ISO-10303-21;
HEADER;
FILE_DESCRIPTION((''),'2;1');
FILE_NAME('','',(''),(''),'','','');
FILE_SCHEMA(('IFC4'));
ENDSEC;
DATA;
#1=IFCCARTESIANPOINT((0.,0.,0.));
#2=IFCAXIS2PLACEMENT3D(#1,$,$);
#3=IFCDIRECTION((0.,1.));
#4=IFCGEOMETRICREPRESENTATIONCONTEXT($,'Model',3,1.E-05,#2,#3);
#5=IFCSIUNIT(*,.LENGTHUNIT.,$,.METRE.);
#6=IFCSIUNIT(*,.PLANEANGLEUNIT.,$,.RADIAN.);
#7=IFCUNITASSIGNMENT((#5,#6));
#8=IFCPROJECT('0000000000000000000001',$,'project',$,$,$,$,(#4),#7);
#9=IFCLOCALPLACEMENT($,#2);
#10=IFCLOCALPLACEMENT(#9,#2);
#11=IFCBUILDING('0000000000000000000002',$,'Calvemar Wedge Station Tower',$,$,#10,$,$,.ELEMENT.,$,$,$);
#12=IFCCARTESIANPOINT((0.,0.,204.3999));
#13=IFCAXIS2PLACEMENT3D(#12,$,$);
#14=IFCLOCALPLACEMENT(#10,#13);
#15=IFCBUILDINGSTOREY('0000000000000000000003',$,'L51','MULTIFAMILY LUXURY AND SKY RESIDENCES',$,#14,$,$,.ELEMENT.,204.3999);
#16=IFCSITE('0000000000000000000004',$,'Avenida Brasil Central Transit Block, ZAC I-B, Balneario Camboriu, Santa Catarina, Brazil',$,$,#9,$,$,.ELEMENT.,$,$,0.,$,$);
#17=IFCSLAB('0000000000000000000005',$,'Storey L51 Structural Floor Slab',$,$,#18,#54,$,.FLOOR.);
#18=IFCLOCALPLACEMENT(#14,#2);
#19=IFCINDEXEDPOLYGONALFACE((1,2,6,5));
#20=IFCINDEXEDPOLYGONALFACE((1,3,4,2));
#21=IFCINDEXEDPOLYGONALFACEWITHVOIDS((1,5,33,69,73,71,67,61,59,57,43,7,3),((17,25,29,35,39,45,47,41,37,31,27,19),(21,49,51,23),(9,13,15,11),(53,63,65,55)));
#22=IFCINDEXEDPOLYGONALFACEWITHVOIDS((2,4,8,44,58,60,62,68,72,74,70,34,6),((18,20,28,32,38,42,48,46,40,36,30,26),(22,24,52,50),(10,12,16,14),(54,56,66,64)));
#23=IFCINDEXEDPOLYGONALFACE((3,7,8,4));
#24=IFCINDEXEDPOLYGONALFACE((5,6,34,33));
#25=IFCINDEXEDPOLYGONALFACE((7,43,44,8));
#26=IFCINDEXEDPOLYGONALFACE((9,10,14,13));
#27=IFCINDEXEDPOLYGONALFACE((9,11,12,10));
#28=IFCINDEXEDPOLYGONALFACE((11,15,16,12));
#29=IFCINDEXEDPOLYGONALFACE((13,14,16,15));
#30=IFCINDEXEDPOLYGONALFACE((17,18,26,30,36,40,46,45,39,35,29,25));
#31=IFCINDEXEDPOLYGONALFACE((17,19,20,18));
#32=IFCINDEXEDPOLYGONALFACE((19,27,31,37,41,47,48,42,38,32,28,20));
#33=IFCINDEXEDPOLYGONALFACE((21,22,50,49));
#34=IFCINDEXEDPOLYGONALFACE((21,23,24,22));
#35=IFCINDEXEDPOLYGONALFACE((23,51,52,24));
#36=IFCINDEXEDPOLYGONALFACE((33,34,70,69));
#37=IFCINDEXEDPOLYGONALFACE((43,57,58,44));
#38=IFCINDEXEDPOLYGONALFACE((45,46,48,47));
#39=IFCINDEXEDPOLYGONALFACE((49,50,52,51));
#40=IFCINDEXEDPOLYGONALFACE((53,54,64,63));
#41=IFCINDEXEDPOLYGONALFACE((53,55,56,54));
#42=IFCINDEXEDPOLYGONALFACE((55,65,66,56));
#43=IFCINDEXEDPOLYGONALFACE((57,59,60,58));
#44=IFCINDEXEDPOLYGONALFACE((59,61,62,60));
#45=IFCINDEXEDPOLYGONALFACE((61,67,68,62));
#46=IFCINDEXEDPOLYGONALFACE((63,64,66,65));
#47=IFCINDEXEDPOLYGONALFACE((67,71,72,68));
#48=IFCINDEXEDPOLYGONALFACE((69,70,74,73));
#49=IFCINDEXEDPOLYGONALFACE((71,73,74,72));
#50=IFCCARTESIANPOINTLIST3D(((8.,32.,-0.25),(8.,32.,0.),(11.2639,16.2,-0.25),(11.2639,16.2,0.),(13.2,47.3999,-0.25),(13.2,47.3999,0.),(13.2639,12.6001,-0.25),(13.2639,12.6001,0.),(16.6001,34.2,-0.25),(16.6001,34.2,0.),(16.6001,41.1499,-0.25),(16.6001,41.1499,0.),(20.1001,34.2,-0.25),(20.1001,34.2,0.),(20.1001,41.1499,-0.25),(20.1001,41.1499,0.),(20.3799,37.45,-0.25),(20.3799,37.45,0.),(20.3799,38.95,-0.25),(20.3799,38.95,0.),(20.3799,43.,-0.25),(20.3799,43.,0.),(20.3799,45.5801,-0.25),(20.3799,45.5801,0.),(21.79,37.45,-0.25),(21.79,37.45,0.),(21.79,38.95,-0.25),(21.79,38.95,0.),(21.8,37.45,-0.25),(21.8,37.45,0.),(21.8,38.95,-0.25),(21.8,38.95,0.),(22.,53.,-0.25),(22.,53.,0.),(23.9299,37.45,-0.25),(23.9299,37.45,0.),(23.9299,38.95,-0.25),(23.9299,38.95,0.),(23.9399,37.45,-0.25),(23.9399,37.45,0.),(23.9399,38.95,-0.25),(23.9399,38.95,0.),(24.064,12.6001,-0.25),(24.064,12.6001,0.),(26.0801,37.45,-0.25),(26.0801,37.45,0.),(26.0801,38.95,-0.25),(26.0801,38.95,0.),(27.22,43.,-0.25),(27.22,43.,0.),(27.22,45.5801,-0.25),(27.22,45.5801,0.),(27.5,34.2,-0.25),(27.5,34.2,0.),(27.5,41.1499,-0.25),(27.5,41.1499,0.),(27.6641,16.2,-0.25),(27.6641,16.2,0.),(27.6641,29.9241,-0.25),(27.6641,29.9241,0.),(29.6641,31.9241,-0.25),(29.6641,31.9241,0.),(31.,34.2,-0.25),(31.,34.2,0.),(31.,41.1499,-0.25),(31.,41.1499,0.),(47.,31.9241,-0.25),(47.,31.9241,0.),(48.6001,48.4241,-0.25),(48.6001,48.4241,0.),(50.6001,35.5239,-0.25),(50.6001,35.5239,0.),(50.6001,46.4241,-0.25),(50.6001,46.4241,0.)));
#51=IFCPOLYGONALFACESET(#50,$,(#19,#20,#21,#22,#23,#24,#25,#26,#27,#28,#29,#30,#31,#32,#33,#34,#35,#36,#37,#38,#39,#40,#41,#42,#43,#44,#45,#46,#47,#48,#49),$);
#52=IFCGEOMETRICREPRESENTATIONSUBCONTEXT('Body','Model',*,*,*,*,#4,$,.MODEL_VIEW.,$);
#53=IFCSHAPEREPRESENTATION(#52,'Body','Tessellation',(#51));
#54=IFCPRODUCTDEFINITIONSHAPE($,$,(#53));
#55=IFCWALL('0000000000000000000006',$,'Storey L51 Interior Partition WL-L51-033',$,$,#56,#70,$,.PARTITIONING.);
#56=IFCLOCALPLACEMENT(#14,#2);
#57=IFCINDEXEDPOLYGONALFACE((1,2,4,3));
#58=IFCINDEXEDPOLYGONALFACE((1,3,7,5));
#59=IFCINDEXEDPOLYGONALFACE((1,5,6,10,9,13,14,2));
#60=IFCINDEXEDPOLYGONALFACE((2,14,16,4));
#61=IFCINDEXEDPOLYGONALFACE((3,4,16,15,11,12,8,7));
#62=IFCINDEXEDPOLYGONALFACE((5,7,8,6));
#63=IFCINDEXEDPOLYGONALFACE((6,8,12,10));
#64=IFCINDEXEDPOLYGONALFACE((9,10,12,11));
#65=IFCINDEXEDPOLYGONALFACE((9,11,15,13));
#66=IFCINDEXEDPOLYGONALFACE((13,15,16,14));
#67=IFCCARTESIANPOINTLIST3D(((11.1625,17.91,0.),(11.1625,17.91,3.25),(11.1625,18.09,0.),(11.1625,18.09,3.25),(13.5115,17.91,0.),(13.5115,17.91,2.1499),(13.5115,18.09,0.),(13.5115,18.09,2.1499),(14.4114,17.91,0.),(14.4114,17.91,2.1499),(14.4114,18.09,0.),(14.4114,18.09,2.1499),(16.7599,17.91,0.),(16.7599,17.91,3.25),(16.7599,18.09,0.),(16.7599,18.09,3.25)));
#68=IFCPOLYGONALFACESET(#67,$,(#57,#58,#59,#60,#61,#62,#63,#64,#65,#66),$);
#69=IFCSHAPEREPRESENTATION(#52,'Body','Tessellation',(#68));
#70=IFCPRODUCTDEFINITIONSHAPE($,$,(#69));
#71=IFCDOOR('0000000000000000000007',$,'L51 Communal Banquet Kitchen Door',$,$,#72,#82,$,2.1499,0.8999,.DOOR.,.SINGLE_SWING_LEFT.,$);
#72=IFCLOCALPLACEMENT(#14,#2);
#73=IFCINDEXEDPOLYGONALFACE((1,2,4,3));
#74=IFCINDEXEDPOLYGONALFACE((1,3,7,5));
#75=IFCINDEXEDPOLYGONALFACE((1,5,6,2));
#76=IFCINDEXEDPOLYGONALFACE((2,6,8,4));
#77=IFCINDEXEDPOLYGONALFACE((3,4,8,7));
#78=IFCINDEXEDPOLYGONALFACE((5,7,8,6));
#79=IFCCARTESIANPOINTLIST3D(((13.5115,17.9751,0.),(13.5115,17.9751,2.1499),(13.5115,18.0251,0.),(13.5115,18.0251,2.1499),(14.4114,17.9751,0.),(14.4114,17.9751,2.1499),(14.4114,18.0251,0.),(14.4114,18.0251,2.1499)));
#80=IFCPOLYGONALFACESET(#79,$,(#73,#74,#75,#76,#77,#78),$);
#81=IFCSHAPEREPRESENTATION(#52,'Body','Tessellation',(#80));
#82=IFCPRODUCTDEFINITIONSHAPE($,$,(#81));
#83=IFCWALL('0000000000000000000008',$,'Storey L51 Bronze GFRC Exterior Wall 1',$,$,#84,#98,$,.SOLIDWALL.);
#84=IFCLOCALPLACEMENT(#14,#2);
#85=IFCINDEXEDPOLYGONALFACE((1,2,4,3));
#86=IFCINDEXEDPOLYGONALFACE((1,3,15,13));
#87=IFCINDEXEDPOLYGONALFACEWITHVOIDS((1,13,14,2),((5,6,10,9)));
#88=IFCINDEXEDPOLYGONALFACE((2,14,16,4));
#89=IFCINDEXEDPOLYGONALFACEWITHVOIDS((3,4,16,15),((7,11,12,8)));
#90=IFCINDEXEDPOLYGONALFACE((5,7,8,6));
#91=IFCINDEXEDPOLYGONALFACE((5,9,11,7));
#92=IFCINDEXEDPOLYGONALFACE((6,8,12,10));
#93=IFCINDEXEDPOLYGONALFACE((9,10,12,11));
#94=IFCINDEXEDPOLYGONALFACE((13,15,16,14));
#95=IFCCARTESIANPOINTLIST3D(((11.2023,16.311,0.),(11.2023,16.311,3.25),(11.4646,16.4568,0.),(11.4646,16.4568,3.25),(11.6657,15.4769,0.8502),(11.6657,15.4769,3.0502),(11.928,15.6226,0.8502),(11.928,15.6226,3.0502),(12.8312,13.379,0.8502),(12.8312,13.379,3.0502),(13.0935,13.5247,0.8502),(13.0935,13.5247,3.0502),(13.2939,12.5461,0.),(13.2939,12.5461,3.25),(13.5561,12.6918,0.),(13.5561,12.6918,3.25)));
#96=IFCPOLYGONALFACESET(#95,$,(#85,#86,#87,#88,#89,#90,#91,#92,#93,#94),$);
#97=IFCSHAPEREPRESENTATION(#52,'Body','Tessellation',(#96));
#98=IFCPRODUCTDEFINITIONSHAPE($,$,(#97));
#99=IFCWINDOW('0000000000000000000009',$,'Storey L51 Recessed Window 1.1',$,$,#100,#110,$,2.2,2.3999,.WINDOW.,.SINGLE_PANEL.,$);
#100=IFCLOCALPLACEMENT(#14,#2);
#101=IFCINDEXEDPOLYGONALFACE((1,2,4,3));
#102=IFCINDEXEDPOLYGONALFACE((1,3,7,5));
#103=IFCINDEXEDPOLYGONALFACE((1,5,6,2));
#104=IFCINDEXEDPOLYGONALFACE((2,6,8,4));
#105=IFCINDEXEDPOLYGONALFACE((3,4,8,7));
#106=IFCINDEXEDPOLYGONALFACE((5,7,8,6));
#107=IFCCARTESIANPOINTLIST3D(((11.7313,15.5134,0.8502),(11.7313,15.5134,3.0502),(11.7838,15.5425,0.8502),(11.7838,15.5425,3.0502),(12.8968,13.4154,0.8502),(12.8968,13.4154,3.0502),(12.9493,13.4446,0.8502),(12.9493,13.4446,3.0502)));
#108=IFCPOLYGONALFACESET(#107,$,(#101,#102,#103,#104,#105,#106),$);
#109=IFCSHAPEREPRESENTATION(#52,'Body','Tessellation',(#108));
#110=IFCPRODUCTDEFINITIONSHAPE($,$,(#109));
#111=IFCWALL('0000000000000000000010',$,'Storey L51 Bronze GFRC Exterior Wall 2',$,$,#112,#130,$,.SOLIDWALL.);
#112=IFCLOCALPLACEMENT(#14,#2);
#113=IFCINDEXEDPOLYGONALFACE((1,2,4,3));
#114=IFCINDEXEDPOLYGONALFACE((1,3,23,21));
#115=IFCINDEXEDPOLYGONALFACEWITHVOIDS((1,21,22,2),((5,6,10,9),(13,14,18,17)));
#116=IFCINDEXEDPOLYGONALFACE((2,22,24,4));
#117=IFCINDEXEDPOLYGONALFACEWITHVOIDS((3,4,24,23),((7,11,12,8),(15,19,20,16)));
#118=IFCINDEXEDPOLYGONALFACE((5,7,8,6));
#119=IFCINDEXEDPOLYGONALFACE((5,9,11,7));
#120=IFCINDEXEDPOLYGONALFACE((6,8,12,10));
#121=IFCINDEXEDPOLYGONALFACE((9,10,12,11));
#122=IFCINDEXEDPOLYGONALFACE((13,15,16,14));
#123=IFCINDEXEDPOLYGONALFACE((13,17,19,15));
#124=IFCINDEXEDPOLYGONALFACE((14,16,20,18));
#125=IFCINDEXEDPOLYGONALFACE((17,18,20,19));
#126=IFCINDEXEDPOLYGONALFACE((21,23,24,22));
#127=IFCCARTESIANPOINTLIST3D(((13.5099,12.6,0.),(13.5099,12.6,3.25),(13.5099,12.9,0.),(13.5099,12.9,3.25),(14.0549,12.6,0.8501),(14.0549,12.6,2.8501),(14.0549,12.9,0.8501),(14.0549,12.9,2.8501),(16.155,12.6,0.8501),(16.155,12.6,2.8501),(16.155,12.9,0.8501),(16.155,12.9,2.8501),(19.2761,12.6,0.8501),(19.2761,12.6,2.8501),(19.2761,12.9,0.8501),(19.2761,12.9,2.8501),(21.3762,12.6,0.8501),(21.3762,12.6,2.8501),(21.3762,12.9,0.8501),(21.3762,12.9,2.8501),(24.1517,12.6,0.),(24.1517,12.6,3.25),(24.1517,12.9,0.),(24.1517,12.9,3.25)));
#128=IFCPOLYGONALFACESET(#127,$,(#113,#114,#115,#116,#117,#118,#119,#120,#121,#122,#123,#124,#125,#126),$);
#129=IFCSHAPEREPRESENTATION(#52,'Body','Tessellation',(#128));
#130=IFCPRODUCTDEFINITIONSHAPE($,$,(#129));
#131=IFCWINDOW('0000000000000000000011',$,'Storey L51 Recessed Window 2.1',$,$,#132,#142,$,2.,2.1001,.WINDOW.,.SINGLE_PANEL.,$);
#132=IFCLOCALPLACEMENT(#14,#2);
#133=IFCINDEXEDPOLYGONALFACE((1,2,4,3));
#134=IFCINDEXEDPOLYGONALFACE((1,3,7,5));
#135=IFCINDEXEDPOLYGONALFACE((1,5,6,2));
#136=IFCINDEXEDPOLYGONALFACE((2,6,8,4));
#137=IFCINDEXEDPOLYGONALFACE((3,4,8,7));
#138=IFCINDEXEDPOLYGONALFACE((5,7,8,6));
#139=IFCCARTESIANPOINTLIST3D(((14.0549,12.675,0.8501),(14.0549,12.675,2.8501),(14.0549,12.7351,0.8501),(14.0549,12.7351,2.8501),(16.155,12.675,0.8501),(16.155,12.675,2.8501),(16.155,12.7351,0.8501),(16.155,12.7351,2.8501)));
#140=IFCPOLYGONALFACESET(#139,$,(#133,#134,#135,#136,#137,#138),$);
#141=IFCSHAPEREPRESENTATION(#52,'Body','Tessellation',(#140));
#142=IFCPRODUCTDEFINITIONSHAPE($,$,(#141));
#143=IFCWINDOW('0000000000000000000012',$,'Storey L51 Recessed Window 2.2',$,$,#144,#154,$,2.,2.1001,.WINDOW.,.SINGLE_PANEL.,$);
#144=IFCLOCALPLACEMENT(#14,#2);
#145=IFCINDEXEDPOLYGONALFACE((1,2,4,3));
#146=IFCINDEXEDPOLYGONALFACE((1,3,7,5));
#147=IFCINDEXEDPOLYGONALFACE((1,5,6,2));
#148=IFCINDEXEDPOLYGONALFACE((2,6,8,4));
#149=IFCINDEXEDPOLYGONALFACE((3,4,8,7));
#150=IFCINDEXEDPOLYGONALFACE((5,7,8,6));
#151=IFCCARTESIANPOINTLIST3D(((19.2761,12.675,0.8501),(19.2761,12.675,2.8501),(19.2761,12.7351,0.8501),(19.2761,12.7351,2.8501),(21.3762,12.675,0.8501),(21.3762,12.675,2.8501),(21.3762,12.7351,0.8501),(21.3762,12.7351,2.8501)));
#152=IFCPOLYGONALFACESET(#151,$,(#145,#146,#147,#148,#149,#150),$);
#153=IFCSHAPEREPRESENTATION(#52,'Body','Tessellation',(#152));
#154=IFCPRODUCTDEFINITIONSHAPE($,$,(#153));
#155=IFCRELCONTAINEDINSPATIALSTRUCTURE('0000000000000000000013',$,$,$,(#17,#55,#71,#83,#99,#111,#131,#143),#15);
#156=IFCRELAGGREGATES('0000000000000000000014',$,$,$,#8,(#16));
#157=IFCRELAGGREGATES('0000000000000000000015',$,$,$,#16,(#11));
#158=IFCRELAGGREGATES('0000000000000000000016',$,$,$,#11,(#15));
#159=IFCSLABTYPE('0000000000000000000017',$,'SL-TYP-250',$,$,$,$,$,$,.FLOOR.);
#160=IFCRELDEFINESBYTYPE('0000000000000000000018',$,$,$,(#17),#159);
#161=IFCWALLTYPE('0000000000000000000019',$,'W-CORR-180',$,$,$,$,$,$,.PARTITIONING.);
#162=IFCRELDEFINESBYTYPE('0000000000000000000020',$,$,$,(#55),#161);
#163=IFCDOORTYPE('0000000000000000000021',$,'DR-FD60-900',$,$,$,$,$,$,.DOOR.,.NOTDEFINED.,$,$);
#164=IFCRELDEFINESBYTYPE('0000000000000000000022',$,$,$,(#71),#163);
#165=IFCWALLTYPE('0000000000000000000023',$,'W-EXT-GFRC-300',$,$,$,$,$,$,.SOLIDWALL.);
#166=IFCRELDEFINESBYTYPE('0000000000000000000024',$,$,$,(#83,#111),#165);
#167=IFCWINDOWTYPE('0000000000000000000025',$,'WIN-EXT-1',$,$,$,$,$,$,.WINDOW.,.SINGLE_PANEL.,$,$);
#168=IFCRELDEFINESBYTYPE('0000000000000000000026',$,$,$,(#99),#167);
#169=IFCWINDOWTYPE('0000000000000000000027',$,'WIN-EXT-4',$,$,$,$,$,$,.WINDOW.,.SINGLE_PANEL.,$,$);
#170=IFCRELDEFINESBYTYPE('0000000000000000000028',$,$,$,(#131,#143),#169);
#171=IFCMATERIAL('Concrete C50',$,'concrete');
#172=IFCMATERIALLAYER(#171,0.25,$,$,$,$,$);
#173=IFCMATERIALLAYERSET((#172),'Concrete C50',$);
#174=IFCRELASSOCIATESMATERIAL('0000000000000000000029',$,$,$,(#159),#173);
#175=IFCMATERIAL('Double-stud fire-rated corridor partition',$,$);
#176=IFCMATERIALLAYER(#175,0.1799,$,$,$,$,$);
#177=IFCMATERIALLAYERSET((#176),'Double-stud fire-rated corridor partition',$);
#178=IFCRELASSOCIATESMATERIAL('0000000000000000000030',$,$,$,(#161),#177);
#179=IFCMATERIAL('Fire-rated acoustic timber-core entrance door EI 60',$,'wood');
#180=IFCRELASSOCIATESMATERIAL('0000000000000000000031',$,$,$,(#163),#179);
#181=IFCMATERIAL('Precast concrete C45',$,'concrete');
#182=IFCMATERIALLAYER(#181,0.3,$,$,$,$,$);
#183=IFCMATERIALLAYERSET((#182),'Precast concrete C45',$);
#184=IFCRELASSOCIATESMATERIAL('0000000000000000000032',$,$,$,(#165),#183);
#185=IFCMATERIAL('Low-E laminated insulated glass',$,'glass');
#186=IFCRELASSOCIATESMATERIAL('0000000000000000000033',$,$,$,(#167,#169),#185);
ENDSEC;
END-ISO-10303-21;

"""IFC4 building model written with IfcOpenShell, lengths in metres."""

from ifc_helpers import new_model, si_unit, direction, frame, frame_2d, origin, place, context, subcontext, project, spatial, polyline, rectangle, outline, extrude, source, transform, mapped, material, layer, layer_set, type_object, element, fill, save


model = new_model("IFC4")

# Units and contexts
model_context = context("Model", 3, precision=1e-05, world=origin(), true_north=direction((0.0, 1.0)))
body_context = subcontext(model_context, "Body", "Model", "MODEL_VIEW")
ifc_project = project(units=[si_unit("LENGTHUNIT", "METRE"), si_unit("PLANEANGLEUNIT", "RADIAN")], contexts=[model_context])

# Site, building, storey
site_placement = place(None, origin())
site = spatial("IfcSite", under=ifc_project, at=site_placement, Name="Avenida Brasil Central Transit Block, ZAC I-B, Balneario Camboriu, Santa Catarina, Brazil", CompositionType="ELEMENT", RefElevation=0.0)
building_placement = place(site_placement, origin())
building = spatial("IfcBuilding", under=site, at=building_placement, Name="Calvemar Wedge Station Tower", CompositionType="ELEMENT")
storey_placement = place(building_placement, frame((0.0, 0.0, 204.3999)))
storey = spatial("IfcBuildingStorey", under=building, at=storey_placement, Name="L51", Description="MULTIFAMILY LUXURY AND SKY RESIDENCES", CompositionType="ELEMENT", Elevation=204.3999)

# Shared definitions
ifc_material_1 = material(Name="Concrete C50", Category="concrete")

# Slab
ifc_layer_1 = layer(ifc_material_1, 0.25)
ifc_layer_set_1 = layer_set([ifc_layer_1], Name="Concrete C50")
slab_type_1 = type_object("IfcSlabType", Name="SL-TYP-250", PredefinedType="FLOOR", material=ifc_layer_set_1)
slab_1_placement = place(storey_placement, frame((0.0, 0.0, -0.25)))
element("IfcSlab", 1, at=slab_1_placement, inside=storey, type_object=slab_type_1, Name="Storey L51 Structural Floor Slab", PredefinedType="FLOOR", context=body_context, shape_type="SweptSolid", body=[
    extrude(outline(polyline([(8.0, 32.0), (11.2639, 16.2), (13.2639, 12.6001), (24.064, 12.6001), (27.6641, 16.2), (27.6641, 29.9241), (29.6641, 31.9241), (47.0, 31.9241), (50.6001, 35.5239), (50.6001, 46.4241), (48.6001, 48.4241), (22.0, 53.0), (13.2, 47.3999), (8.0, 32.0)]), holes=[polyline([(20.1001, 34.2), (20.1001, 41.1499), (16.6001, 41.1499), (16.6001, 34.2), (20.1001, 34.2)]), polyline([(27.5, 34.2), (31.0, 34.2), (31.0, 41.1499), (27.5, 41.1499), (27.5, 34.2)]), polyline([(21.8, 37.45), (23.9299, 37.45), (23.9399, 37.45), (26.0801, 37.45), (26.0801, 38.95), (23.9399, 38.95), (23.9299, 38.95), (21.8, 38.95), (21.79, 38.95), (20.3799, 38.95), (20.3799, 37.45), (21.79, 37.45), (21.8, 37.45)]), polyline([(27.22, 43.0), (27.22, 45.5801), (20.3799, 45.5801), (20.3799, 43.0), (27.22, 43.0)])]), origin(), (0.0, 0.0, 1.0), 0.25),
])

# Wall, opening, door
ifc_material_2 = material(Name="Double-stud fire-rated corridor partition")
ifc_layer_2 = layer(ifc_material_2, 0.1799)
ifc_layer_set_2 = layer_set([ifc_layer_2], Name="Double-stud fire-rated corridor partition")
wall_type_1 = type_object("IfcWallType", Name="W-CORR-180", PredefinedType="PARTITIONING", material=ifc_layer_set_2)
wall_1_placement = place(storey_placement, frame((16.76, 18.0, 0.0), z_axis=(0.0, 0.0, 1.0), x_axis=(-1.0, 0.0, 0.0)))
wall_1 = element("IfcWall", 2, at=wall_1_placement, inside=storey, type_object=wall_type_1, Name="Storey L51 Interior Partition WL-L51-033", PredefinedType="PARTITIONING", context=body_context, shape_type="SweptSolid", body=[
    extrude(rectangle(XDim=5.5974, YDim=0.1799, at=frame_2d((2.7988, 0.0))), origin(), (0.0, 0.0, 1.0), 3.25),
])
shared_shape_1 = source(origin(), body_context, "Body", "SweptSolid", [
    extrude(rectangle(XDim=0.8999, YDim=2.1499, at=frame_2d((0.45, 1.075))), frame((0.0, 0.1001, 0.0), z_axis=(0.0, -1.0, 0.0), x_axis=(1.0, 0.0, 0.0)), (0.0, 0.0, 1.0), 0.2),
])
opening_1_placement = place(wall_1_placement, frame((2.3486, 0.0, 0.0)))
opening_1 = element("IfcOpeningElement", 3, at=opening_1_placement, cuts=wall_1, PredefinedType="OPENING", context=body_context, shape_type="MappedRepresentation", body=[
    mapped(shared_shape_1, transform((0.0, 0.0, 0.0), scale=1.0)),
])
ifc_material_3 = material(Name="Fire-rated acoustic timber-core entrance door EI 60", Category="wood")
door_type_1 = type_object("IfcDoorType", Name="DR-FD60-900", OperationType="NOTDEFINED", PredefinedType="DOOR", material=ifc_material_3)
shared_shape_2 = source(origin(), body_context, "Body", "SweptSolid", [
    extrude(rectangle(XDim=0.8999, YDim=2.1499, at=frame_2d((0.45, 1.075))), frame((0.0, 0.0249, 0.0), z_axis=(0.0, -1.0, 0.0), x_axis=(1.0, 0.0, 0.0)), (0.0, 0.0, 1.0), 0.05),
])
door_1_placement = place(opening_1_placement, origin())
door_1 = element("IfcDoor", 4, at=door_1_placement, inside=storey, type_object=door_type_1, Name="L51 Communal Banquet Kitchen Door", OperationType="SINGLE_SWING_LEFT", OverallHeight=2.1499, OverallWidth=0.8999, PredefinedType="DOOR", context=body_context, shape_type="MappedRepresentation", body=[
    mapped(shared_shape_2, transform((0.0, 0.0, 0.0), scale=1.0)),
])
fill(opening_1, door_1)

# Wall, opening, window
ifc_material_4 = material(Name="Precast concrete C45", Category="concrete")
ifc_layer_3 = layer(ifc_material_4, 0.3)
ifc_layer_set_3 = layer_set([ifc_layer_3], Name="Precast concrete C45")
wall_type_2 = type_object("IfcWallType", Name="W-EXT-GFRC-300", PredefinedType="SOLIDWALL", material=ifc_layer_set_3)
wall_2_placement = place(storey_placement, frame((11.3335, 16.3838, 0.0), z_axis=(0.0, 0.0, 1.0), x_axis=(0.485633, -0.874163, 0.0)))
wall_2 = element("IfcWall", 5, at=wall_2_placement, inside=storey, type_object=wall_type_2, Name="Storey L51 Bronze GFRC Exterior Wall 1", PredefinedType="SOLIDWALL", context=body_context, shape_type="SweptSolid", body=[
    extrude(rectangle(XDim=4.3069, YDim=0.3, at=frame_2d((2.1533, 0.0))), origin(), (0.0, 0.0, 1.0), 3.25),
])
shared_shape_3 = source(origin(), body_context, "Body", "SweptSolid", [
    extrude(rectangle(XDim=2.3999, YDim=2.2, at=frame_2d((1.2, 1.1001))), frame((0.0, 0.1602, 0.0), z_axis=(0.0, -1.0, 0.0), x_axis=(1.0, 0.0, 0.0)), (0.0, 0.0, 1.0), 0.3201),
])
opening_2_placement = place(wall_2_placement, frame((0.9541, 0.0, 0.8501)))
opening_2 = element("IfcOpeningElement", 6, at=opening_2_placement, cuts=wall_2, PredefinedType="OPENING", context=body_context, shape_type="MappedRepresentation", body=[
    mapped(shared_shape_3, transform((0.0, 0.0, 0.0), scale=1.0)),
])
ifc_material_5 = material(Name="Low-E laminated insulated glass", Category="glass")
window_type_1 = type_object("IfcWindowType", Name="WIN-EXT-1", PartitioningType="SINGLE_PANEL", PredefinedType="WINDOW", material=ifc_material_5)
shared_shape_4 = source(origin(), body_context, "Body", "SweptSolid", [
    extrude(rectangle(XDim=2.3999, YDim=2.2, at=frame_2d((1.2, 1.1001))), frame((0.0, -0.0149, 0.0), z_axis=(0.0, -1.0, 0.0), x_axis=(1.0, 0.0, 0.0)), (0.0, 0.0, 1.0), 0.0601),
])
window_1_placement = place(opening_2_placement, origin())
window_1 = element("IfcWindow", 7, at=window_1_placement, inside=storey, type_object=window_type_1, Name="Storey L51 Recessed Window 1.1", OverallHeight=2.2, OverallWidth=2.3999, PartitioningType="SINGLE_PANEL", PredefinedType="WINDOW", context=body_context, shape_type="MappedRepresentation", body=[
    mapped(shared_shape_4, transform((0.0, 0.0, 0.0), scale=1.0)),
])
fill(opening_2, window_1)

# Wall, openings, windows
wall_3_placement = place(storey_placement, frame((13.51, 12.75, 0.0), z_axis=(0.0, 0.0, 1.0), x_axis=(1.0, 0.0, 0.0)))
wall_3 = element("IfcWall", 8, at=wall_3_placement, inside=storey, type_object=wall_type_2, Name="Storey L51 Bronze GFRC Exterior Wall 2", PredefinedType="SOLIDWALL", context=body_context, shape_type="SweptSolid", body=[
    extrude(rectangle(XDim=10.6418, YDim=0.3, at=frame_2d((5.3208, 0.0))), origin(), (0.0, 0.0, 1.0), 3.25),
])
shared_shape_5 = source(origin(), body_context, "Body", "SweptSolid", [
    extrude(rectangle(XDim=2.1001, YDim=2.0, at=frame_2d((1.05, 1.0))), frame((0.0, 0.1602, 0.0), z_axis=(0.0, -1.0, 0.0), x_axis=(1.0, 0.0, 0.0)), (0.0, 0.0, 1.0), 0.3201),
])
opening_3_placement = place(wall_3_placement, frame((0.5449, 0.0, 0.8501)))
opening_3 = element("IfcOpeningElement", 9, at=opening_3_placement, cuts=wall_3, PredefinedType="OPENING", context=body_context, shape_type="MappedRepresentation", body=[
    mapped(shared_shape_5, transform((0.0, 0.0, 0.0), scale=1.0)),
])
opening_4_placement = place(wall_3_placement, frame((5.7661, 0.0, 0.8501)))
opening_4 = element("IfcOpeningElement", 10, at=opening_4_placement, cuts=wall_3, PredefinedType="OPENING", context=body_context, shape_type="MappedRepresentation", body=[
    mapped(shared_shape_5, transform((0.0, 0.0, 0.0), scale=1.0)),
])
window_type_2 = type_object("IfcWindowType", Name="WIN-EXT-4", PartitioningType="SINGLE_PANEL", PredefinedType="WINDOW", material=ifc_material_5)
shared_shape_6 = source(origin(), body_context, "Body", "SweptSolid", [
    extrude(rectangle(XDim=2.1001, YDim=2.0, at=frame_2d((1.05, 1.0))), frame((0.0, -0.0149, 0.0), z_axis=(0.0, -1.0, 0.0), x_axis=(1.0, 0.0, 0.0)), (0.0, 0.0, 1.0), 0.0601),
])
window_2_placement = place(opening_3_placement, origin())
window_2 = element("IfcWindow", 11, at=window_2_placement, inside=storey, type_object=window_type_2, Name="Storey L51 Recessed Window 2.1", OverallHeight=2.0, OverallWidth=2.1001, PartitioningType="SINGLE_PANEL", PredefinedType="WINDOW", context=body_context, shape_type="MappedRepresentation", body=[
    mapped(shared_shape_6, transform((0.0, 0.0, 0.0), scale=1.0)),
])
fill(opening_3, window_2)
window_3_placement = place(opening_4_placement, origin())
window_3 = element("IfcWindow", 12, at=window_3_placement, inside=storey, type_object=window_type_2, Name="Storey L51 Recessed Window 2.2", OverallHeight=2.0, OverallWidth=2.1001, PartitioningType="SINGLE_PANEL", PredefinedType="WINDOW", context=body_context, shape_type="MappedRepresentation", body=[
    mapped(shared_shape_6, transform((0.0, 0.0, 0.0), scale=1.0)),
])
fill(opening_4, window_3)

save(model, "model.ifc")
